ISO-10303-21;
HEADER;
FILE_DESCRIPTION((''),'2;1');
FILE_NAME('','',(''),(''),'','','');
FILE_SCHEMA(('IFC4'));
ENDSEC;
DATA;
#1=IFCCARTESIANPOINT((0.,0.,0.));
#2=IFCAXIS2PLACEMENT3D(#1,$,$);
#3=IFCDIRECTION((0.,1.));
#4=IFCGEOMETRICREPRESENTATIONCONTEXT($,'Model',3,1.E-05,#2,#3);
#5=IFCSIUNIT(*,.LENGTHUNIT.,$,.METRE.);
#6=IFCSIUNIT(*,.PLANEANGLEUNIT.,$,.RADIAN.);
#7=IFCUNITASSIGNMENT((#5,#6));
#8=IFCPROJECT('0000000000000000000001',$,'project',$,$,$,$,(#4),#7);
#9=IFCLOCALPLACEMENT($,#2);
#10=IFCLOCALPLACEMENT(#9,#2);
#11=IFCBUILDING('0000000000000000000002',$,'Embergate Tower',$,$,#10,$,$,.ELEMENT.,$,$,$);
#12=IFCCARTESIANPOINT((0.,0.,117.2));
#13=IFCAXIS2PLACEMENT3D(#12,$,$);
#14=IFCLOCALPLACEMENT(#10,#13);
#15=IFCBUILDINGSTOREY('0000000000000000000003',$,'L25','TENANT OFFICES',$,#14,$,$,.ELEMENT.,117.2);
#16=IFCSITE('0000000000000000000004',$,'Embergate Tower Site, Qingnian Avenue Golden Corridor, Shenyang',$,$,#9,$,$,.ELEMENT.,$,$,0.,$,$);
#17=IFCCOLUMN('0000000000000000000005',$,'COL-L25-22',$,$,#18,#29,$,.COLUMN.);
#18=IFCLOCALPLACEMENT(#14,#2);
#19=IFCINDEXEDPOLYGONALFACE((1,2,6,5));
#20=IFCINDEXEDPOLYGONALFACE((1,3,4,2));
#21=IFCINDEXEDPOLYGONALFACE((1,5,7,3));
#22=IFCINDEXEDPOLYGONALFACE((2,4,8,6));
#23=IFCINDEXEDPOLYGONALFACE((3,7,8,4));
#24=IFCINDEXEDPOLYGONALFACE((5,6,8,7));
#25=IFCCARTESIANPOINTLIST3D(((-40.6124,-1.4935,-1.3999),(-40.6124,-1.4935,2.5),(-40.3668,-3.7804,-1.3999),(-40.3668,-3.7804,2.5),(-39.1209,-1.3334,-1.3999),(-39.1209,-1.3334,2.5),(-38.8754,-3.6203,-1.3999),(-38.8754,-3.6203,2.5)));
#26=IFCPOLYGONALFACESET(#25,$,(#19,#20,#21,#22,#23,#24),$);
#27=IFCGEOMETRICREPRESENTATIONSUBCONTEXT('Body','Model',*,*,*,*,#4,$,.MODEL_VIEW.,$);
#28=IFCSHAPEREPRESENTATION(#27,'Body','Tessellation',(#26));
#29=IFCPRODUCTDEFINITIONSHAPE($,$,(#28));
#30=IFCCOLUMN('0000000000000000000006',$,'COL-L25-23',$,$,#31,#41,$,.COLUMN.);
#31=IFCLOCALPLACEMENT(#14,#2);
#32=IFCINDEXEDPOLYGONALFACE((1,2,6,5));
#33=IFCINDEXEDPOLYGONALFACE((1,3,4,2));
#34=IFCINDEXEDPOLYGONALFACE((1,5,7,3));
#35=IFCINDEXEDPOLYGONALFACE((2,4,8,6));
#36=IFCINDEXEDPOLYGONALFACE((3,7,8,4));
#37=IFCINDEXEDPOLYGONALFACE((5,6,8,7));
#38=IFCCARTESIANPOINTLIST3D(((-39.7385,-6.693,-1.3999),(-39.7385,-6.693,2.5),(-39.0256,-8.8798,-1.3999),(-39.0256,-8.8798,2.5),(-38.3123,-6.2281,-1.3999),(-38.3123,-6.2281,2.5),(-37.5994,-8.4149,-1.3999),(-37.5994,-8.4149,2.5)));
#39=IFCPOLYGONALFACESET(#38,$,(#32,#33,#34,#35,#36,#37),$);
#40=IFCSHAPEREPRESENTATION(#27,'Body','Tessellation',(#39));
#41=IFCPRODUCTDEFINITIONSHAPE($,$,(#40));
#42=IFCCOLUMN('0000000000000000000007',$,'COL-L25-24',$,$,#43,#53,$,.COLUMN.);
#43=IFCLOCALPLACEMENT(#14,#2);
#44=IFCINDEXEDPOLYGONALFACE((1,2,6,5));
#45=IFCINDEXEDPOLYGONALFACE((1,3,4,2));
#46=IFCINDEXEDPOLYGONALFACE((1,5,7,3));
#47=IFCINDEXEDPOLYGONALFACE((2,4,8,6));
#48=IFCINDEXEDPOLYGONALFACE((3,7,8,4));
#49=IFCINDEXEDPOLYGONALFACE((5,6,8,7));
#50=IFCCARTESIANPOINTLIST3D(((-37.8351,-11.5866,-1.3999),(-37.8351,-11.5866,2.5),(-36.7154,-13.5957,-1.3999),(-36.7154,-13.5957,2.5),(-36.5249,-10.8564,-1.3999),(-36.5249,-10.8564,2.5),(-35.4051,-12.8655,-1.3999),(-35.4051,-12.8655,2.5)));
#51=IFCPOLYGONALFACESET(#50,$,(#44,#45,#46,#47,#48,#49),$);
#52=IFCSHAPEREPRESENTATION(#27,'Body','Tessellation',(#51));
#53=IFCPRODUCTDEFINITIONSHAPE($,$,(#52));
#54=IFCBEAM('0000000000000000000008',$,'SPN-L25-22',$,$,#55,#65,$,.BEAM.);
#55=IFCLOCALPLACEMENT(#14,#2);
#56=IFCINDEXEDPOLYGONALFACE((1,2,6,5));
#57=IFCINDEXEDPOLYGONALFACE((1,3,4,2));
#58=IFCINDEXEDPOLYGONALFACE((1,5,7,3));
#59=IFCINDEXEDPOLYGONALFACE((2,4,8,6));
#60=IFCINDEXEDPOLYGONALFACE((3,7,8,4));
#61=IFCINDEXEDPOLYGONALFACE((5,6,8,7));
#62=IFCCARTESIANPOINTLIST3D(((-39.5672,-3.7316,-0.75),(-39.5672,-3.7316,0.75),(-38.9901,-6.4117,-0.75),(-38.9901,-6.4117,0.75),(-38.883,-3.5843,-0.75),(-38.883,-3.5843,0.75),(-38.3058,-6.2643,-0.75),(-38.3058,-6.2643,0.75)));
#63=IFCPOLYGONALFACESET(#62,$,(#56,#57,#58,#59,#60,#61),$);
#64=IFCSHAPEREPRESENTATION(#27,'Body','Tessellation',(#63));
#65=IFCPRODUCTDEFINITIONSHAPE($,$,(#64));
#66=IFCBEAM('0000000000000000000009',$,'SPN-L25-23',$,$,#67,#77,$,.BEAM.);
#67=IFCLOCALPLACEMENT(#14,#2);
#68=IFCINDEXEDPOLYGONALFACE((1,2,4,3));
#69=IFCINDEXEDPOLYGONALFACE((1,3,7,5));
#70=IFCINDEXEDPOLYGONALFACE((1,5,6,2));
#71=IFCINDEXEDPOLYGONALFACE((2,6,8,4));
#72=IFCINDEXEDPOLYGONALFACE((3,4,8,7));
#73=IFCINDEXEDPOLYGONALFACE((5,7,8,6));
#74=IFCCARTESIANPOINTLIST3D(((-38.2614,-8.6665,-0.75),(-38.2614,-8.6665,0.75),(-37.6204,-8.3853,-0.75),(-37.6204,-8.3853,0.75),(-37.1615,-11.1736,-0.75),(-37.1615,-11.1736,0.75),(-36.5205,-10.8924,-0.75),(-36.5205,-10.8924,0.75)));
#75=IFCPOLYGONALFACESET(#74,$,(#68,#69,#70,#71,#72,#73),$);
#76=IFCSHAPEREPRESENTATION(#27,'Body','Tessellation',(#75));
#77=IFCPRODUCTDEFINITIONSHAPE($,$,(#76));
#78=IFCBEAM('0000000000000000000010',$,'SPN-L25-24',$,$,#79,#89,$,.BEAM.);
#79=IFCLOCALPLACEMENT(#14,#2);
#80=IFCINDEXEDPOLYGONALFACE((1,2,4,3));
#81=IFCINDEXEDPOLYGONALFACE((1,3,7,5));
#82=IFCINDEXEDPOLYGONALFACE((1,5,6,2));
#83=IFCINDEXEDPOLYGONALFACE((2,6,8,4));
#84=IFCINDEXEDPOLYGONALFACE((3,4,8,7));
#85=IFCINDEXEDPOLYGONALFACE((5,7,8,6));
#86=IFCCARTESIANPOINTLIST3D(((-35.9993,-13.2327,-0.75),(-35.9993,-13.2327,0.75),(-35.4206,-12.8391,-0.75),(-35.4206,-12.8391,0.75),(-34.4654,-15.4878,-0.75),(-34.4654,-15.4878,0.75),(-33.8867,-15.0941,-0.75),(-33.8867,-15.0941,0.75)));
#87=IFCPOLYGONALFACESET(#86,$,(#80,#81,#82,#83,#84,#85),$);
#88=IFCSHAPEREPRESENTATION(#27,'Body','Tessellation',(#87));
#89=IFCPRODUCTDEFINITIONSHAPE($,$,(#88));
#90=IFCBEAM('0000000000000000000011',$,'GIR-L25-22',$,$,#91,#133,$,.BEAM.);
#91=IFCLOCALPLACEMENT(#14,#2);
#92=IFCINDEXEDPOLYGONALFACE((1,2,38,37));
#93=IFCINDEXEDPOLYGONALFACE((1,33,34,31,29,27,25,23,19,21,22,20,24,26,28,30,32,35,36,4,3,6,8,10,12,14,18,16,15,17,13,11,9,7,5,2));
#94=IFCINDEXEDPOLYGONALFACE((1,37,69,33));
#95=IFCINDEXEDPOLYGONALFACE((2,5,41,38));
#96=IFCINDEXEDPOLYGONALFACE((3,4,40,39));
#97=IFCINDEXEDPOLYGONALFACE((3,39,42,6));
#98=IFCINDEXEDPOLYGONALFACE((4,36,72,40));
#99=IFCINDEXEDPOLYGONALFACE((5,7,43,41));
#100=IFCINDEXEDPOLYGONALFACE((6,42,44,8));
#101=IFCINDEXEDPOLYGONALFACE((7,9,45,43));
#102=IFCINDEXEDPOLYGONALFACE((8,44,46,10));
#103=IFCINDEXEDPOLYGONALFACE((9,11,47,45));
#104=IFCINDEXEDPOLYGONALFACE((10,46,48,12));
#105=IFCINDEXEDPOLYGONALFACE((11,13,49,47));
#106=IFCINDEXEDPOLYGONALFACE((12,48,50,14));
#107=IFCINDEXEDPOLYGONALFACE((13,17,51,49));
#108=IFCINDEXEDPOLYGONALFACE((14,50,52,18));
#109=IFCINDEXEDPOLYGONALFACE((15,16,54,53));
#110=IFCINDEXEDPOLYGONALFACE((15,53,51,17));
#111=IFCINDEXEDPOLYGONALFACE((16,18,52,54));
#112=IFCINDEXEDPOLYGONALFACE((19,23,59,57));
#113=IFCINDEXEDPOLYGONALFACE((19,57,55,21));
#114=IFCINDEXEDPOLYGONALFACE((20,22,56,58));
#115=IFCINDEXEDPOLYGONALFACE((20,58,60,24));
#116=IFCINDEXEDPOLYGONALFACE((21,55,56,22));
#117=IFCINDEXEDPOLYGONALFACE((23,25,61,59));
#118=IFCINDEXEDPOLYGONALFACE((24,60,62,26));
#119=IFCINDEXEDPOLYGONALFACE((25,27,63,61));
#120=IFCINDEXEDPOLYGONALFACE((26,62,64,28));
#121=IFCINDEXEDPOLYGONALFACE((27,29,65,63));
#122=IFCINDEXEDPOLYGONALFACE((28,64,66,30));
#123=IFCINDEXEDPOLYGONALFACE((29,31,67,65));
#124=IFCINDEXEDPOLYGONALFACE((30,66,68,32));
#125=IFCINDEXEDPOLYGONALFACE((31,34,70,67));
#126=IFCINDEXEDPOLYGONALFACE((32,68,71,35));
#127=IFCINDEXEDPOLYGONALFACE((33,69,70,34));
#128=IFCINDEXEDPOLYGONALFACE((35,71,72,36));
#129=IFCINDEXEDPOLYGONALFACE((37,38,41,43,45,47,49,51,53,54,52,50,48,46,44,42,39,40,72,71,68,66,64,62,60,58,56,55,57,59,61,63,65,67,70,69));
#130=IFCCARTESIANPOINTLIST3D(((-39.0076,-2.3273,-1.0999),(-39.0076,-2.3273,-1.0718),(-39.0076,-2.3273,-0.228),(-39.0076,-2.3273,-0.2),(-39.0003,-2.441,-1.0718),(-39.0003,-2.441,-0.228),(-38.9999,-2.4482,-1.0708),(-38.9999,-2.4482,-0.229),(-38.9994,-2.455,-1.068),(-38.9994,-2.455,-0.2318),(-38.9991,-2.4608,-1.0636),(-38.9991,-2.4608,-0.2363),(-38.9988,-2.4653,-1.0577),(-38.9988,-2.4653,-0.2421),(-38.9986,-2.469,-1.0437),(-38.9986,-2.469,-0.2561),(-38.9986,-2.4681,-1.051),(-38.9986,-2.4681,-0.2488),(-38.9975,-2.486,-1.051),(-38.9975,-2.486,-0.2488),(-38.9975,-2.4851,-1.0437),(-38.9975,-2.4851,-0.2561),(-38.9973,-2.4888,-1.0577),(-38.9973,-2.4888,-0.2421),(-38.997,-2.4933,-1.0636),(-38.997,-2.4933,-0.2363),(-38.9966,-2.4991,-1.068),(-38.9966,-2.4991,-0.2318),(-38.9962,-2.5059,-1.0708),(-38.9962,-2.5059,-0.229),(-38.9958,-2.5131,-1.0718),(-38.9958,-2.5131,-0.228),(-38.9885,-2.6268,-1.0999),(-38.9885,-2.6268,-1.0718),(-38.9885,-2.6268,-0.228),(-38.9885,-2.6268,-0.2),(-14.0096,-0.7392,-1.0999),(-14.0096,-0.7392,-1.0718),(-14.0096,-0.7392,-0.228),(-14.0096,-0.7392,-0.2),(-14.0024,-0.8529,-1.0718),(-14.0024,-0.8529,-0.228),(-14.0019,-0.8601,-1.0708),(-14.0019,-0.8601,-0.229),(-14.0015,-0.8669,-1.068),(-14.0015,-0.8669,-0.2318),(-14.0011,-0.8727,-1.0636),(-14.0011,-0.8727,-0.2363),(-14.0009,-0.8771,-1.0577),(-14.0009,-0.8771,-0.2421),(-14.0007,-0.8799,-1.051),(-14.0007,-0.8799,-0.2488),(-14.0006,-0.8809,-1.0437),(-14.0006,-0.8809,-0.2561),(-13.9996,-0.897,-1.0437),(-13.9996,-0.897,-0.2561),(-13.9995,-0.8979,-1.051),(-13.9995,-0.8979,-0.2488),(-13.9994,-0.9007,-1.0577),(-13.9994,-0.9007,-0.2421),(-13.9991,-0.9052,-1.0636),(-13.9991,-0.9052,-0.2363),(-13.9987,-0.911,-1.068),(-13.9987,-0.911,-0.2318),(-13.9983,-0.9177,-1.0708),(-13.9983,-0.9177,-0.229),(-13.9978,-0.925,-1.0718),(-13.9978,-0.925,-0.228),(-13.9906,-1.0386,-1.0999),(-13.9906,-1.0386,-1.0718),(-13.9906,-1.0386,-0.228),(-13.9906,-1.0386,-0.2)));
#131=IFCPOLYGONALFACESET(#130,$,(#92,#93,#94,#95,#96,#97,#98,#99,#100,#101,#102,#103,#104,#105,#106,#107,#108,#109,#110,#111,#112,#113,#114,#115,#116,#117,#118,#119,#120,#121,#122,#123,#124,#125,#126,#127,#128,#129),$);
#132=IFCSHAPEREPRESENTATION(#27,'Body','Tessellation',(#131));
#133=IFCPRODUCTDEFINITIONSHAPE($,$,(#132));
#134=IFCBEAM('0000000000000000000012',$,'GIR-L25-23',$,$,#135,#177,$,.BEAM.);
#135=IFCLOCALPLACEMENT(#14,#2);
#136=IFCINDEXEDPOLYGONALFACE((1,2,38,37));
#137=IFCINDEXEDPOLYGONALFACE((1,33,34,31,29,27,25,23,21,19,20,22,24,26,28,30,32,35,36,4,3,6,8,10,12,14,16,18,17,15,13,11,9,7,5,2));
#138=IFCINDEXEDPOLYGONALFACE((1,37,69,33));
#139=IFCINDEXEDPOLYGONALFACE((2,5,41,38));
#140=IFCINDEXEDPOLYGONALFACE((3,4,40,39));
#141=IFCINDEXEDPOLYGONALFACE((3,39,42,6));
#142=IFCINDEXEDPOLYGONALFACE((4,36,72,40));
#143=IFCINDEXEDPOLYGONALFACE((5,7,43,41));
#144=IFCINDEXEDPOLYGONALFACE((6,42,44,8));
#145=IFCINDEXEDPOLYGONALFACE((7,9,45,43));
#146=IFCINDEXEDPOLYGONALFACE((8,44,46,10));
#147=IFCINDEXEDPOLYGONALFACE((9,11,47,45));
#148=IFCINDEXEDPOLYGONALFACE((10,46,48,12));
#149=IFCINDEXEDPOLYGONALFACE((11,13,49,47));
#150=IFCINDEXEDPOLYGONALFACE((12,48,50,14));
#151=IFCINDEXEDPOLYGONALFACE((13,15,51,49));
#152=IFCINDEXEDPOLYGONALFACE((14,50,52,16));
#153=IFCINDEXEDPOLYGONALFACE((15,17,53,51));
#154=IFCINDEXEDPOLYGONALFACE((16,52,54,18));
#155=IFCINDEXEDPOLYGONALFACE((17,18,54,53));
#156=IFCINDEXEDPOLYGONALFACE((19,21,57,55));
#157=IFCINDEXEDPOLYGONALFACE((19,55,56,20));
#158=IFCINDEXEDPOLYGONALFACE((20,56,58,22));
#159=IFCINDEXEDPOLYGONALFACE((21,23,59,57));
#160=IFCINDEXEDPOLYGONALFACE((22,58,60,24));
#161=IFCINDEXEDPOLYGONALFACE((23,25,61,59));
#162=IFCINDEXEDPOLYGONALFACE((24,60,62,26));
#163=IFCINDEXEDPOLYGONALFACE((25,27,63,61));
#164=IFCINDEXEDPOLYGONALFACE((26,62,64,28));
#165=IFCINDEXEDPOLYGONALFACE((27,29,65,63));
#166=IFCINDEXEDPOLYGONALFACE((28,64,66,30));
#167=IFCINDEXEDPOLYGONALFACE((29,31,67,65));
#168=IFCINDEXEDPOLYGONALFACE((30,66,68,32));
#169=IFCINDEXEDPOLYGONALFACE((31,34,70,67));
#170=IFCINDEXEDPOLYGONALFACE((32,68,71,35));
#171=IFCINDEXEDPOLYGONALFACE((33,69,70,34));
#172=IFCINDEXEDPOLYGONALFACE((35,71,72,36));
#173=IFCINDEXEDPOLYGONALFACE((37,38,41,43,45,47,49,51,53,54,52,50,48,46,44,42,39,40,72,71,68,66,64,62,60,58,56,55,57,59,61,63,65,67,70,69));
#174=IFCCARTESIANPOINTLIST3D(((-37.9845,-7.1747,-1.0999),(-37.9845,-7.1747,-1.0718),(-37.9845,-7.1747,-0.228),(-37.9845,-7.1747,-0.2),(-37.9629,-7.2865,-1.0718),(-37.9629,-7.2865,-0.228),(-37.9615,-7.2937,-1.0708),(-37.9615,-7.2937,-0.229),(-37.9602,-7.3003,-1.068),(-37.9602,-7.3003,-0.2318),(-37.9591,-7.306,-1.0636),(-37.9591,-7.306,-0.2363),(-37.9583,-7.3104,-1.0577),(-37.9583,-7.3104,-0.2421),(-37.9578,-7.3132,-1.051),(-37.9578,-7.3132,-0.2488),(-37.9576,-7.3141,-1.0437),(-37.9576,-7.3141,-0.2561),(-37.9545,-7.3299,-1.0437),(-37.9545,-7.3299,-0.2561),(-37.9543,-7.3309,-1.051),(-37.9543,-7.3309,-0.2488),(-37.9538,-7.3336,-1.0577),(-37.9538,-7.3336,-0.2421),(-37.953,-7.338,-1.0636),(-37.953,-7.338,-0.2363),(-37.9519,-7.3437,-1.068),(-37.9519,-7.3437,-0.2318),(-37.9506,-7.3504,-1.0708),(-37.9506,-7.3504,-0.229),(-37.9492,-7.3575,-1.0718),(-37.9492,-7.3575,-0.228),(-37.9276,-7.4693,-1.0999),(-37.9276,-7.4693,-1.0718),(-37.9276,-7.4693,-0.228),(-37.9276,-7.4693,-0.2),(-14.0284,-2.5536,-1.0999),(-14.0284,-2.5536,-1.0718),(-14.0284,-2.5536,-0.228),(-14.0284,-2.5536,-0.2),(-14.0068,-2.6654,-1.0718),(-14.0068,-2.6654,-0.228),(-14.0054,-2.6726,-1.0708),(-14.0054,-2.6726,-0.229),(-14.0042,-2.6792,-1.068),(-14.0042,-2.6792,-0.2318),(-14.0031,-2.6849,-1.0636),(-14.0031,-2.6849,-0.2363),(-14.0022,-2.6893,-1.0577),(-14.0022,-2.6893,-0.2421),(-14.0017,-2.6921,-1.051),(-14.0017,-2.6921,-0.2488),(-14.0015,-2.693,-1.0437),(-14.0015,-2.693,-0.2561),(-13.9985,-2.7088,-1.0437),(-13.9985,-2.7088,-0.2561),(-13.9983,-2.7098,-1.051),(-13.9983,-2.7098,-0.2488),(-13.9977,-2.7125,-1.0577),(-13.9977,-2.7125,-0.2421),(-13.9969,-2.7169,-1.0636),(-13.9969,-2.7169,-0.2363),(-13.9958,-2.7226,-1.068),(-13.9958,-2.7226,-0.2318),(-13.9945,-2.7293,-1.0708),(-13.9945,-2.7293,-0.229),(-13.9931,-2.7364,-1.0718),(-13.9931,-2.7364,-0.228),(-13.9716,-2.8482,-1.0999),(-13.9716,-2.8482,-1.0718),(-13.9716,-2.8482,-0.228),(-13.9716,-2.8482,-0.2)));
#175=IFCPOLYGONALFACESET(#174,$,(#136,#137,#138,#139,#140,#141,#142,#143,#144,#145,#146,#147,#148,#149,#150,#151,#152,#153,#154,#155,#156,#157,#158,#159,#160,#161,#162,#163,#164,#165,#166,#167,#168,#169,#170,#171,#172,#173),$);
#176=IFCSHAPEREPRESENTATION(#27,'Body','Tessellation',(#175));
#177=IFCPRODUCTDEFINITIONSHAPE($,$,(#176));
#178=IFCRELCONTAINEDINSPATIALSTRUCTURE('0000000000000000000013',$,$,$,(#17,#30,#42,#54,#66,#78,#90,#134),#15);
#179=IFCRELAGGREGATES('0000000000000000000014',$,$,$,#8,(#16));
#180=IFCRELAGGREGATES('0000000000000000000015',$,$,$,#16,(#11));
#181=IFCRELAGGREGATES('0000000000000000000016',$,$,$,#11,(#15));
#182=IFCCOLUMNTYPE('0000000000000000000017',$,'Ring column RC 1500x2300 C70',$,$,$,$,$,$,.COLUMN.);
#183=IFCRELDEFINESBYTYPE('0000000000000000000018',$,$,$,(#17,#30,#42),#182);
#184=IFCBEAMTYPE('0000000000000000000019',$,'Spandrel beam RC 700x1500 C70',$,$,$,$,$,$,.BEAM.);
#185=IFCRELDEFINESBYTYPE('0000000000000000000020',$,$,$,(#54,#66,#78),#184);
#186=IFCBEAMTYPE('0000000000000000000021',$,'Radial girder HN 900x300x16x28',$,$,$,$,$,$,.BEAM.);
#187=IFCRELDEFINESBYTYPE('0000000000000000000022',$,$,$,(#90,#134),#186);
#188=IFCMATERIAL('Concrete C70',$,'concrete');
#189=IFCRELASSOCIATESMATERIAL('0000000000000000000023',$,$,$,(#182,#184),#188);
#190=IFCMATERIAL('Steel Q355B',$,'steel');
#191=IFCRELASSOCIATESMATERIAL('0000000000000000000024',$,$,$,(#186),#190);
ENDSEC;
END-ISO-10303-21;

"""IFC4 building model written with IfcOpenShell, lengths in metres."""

from ifc_helpers import new_model, si_unit, direction, frame, origin, origin_2d, place, context, subcontext, project, spatial, rectangle, i_section, extrude, source, transform, mapped, material, material_profile, profile_set, type_object, element, save


model = new_model("IFC4")

# Units and contexts
model_context = context("Model", 3, precision=1e-05, world=origin(), true_north=direction((0.0, 1.0)))
body_context = subcontext(model_context, "Body", "Model", "MODEL_VIEW")
ifc_project = project(units=[si_unit("LENGTHUNIT", "METRE"), si_unit("PLANEANGLEUNIT", "RADIAN")], contexts=[model_context])

# Site, building, storey
site_placement = place(None, origin())
site = spatial("IfcSite", under=ifc_project, at=site_placement, Name="Embergate Tower Site, Qingnian Avenue Golden Corridor, Shenyang", CompositionType="ELEMENT", RefElevation=0.0)
building_placement = place(site_placement, origin())
building = spatial("IfcBuilding", under=site, at=building_placement, Name="Embergate Tower", CompositionType="ELEMENT")
storey_placement = place(building_placement, frame((0.0, 0.0, 117.2)))
storey = spatial("IfcBuildingStorey", under=building, at=storey_placement, Name="L25", Description="TENANT OFFICES", CompositionType="ELEMENT", Elevation=117.2)

# Columns
ifc_material_1 = material(Name="Concrete C70", Category="concrete")
ifc_material_profile_1 = material_profile(ifc_material_1, rectangle(XDim=1.5, YDim=2.3, at=origin_2d()), Name="RC 1500x2300")
ifc_profile_set_1 = profile_set([ifc_material_profile_1], Name="Concrete C70")
column_type = type_object("IfcColumnType", Name="Ring column RC 1500x2300 C70", PredefinedType="COLUMN", material=ifc_profile_set_1)
shared_shape_1 = source(origin(), body_context, "Body", "SweptSolid", [
    extrude(rectangle(XDim=1.5, YDim=2.3, at=origin_2d()), origin(), (0.0, 0.0, 1.0), 3.8999),
])
for number, where, z_axis, x_axis, name in (
    (1, (-39.7439, -2.5569, -1.3999), (0.0, 0.0, 1.0), (-0.994286, -0.10675, 0.0), "COL-L25-22"),
    (2, (-38.6689, -7.554, -1.3999), (0.0, 0.0, 1.0), (-0.950754, -0.309946, 0.0), "COL-L25-23"),
    (3, (-36.6201, -12.2261, -1.3999), (0.0, 0.0, 1.0), (-0.8735, -0.486823, 0.0), "COL-L25-24"),
):
    element("IfcColumn", number, at=place(storey_placement, frame(where, z_axis=z_axis, x_axis=x_axis)), inside=storey, type_object=column_type, Name=name, PredefinedType="COLUMN", context=body_context, shape_type="MappedRepresentation", body=[
        mapped(shared_shape_1, transform((0.0, 0.0, 0.0))),
    ])

# Beams
ifc_material_profile_2 = material_profile(ifc_material_1, rectangle(XDim=0.7, YDim=1.5, at=origin_2d()), Name="RC 700x1500")
ifc_profile_set_2 = profile_set([ifc_material_profile_2], Name="Concrete C70")
beam_type_1 = type_object("IfcBeamType", Name="Spandrel beam RC 700x1500 C70", PredefinedType="BEAM", material=ifc_profile_set_2)
shared_shape_2 = source(origin(), body_context, "Body", "SweptSolid", [
    extrude(rectangle(XDim=0.7, YDim=1.5, at=origin_2d()), origin(), (0.0, 0.0, 1.0), 2.7415),
])
beam_1_placement = place(storey_placement, frame((-39.2251, -3.658, 0.0), z_axis=(0.210533, -0.977587, 0.0), x_axis=(0.977587, 0.210533, 0.0)))
element("IfcBeam", 4, at=beam_1_placement, inside=storey, type_object=beam_type_1, Name="SPN-L25-22", PredefinedType="BEAM", context=body_context, shape_type="MappedRepresentation", body=[
    mapped(shared_shape_2, transform((0.0, 0.0, 0.0))),
])
shared_shape_3 = source(origin(), body_context, "Body", "SweptSolid", [
    extrude(rectangle(XDim=0.7, YDim=1.5, at=origin_2d()), origin(), (0.0, 0.0, 1.0), 2.7378),
])
beam_2_placement = place(storey_placement, frame((-37.9409, -8.5259, 0.0), z_axis=(0.40174, -0.915754, 0.0), x_axis=(0.915754, 0.40174, 0.0)))
element("IfcBeam", 5, at=beam_2_placement, inside=storey, type_object=beam_type_1, Name="SPN-L25-23", PredefinedType="BEAM", context=body_context, shape_type="MappedRepresentation", body=[
    mapped(shared_shape_3, transform((0.0, 0.0, 0.0))),
])
shared_shape_4 = source(origin(), body_context, "Body", "SweptSolid", [
    extrude(rectangle(XDim=0.7, YDim=1.5, at=origin_2d()), origin(), (0.0, 0.0, 1.0), 2.7273),
])
beam_3_placement = place(storey_placement, frame((-35.71, -13.0359, 0.0), z_axis=(0.562423, -0.82685, 0.0), x_axis=(0.82685, 0.562423, 0.0)))
element("IfcBeam", 6, at=beam_3_placement, inside=storey, type_object=beam_type_1, Name="SPN-L25-24", PredefinedType="BEAM", context=body_context, shape_type="MappedRepresentation", body=[
    mapped(shared_shape_4, transform((0.0, 0.0, 0.0))),
])
ifc_material_2 = material(Name="Steel Q355B", Category="steel")
ifc_material_profile_3 = material_profile(ifc_material_2, i_section(OverallWidth=0.3, OverallDepth=0.8999, WebThickness=0.0161, FlangeThickness=0.0281, FilletRadius=0.0281, at=origin_2d()), Name="HN 900x300x16x28")
ifc_profile_set_3 = profile_set([ifc_material_profile_3], Name="Steel Q355 grade B")
beam_type_2 = type_object("IfcBeamType", Name="Radial girder HN 900x300x16x28", PredefinedType="BEAM", material=ifc_profile_set_3)
shared_shape_5 = source(origin(), body_context, "Body", "SweptSolid", [
    extrude(i_section(OverallWidth=0.3, OverallDepth=0.8999, WebThickness=0.0161, FlangeThickness=0.0281, FilletRadius=0.0281, at=origin_2d()), origin(), (0.0, 0.0, 1.0), 25.0483),
])
beam_4_placement = place(storey_placement, frame((-38.998, -2.4771, -0.6499), z_axis=(0.997988, 0.063403, 0.0), x_axis=(-0.063403, 0.997988, 0.0)))
element("IfcBeam", 7, at=beam_4_placement, inside=storey, type_object=beam_type_2, Name="GIR-L25-22", PredefinedType="BEAM", context=body_context, shape_type="MappedRepresentation", body=[
    mapped(shared_shape_5, transform((0.0, 0.0, 0.0))),
])
shared_shape_6 = source(origin(), body_context, "Body", "SweptSolid", [
    extrude(i_section(OverallWidth=0.3, OverallDepth=0.8999, WebThickness=0.0161, FlangeThickness=0.0281, FilletRadius=0.0281, at=origin_2d()), origin(), (0.0, 0.0, 1.0), 24.3977),
])
beam_5_placement = place(storey_placement, frame((-37.9561, -7.322, -0.6499), z_axis=(0.981899, 0.189407, 0.0), x_axis=(-0.189407, 0.981899, 0.0)))
element("IfcBeam", 8, at=beam_5_placement, inside=storey, type_object=beam_type_2, Name="GIR-L25-23", PredefinedType="BEAM", context=body_context, shape_type="MappedRepresentation", body=[
    mapped(shared_shape_6, transform((0.0, 0.0, 0.0))),
])

save(model, "model.ifc")
